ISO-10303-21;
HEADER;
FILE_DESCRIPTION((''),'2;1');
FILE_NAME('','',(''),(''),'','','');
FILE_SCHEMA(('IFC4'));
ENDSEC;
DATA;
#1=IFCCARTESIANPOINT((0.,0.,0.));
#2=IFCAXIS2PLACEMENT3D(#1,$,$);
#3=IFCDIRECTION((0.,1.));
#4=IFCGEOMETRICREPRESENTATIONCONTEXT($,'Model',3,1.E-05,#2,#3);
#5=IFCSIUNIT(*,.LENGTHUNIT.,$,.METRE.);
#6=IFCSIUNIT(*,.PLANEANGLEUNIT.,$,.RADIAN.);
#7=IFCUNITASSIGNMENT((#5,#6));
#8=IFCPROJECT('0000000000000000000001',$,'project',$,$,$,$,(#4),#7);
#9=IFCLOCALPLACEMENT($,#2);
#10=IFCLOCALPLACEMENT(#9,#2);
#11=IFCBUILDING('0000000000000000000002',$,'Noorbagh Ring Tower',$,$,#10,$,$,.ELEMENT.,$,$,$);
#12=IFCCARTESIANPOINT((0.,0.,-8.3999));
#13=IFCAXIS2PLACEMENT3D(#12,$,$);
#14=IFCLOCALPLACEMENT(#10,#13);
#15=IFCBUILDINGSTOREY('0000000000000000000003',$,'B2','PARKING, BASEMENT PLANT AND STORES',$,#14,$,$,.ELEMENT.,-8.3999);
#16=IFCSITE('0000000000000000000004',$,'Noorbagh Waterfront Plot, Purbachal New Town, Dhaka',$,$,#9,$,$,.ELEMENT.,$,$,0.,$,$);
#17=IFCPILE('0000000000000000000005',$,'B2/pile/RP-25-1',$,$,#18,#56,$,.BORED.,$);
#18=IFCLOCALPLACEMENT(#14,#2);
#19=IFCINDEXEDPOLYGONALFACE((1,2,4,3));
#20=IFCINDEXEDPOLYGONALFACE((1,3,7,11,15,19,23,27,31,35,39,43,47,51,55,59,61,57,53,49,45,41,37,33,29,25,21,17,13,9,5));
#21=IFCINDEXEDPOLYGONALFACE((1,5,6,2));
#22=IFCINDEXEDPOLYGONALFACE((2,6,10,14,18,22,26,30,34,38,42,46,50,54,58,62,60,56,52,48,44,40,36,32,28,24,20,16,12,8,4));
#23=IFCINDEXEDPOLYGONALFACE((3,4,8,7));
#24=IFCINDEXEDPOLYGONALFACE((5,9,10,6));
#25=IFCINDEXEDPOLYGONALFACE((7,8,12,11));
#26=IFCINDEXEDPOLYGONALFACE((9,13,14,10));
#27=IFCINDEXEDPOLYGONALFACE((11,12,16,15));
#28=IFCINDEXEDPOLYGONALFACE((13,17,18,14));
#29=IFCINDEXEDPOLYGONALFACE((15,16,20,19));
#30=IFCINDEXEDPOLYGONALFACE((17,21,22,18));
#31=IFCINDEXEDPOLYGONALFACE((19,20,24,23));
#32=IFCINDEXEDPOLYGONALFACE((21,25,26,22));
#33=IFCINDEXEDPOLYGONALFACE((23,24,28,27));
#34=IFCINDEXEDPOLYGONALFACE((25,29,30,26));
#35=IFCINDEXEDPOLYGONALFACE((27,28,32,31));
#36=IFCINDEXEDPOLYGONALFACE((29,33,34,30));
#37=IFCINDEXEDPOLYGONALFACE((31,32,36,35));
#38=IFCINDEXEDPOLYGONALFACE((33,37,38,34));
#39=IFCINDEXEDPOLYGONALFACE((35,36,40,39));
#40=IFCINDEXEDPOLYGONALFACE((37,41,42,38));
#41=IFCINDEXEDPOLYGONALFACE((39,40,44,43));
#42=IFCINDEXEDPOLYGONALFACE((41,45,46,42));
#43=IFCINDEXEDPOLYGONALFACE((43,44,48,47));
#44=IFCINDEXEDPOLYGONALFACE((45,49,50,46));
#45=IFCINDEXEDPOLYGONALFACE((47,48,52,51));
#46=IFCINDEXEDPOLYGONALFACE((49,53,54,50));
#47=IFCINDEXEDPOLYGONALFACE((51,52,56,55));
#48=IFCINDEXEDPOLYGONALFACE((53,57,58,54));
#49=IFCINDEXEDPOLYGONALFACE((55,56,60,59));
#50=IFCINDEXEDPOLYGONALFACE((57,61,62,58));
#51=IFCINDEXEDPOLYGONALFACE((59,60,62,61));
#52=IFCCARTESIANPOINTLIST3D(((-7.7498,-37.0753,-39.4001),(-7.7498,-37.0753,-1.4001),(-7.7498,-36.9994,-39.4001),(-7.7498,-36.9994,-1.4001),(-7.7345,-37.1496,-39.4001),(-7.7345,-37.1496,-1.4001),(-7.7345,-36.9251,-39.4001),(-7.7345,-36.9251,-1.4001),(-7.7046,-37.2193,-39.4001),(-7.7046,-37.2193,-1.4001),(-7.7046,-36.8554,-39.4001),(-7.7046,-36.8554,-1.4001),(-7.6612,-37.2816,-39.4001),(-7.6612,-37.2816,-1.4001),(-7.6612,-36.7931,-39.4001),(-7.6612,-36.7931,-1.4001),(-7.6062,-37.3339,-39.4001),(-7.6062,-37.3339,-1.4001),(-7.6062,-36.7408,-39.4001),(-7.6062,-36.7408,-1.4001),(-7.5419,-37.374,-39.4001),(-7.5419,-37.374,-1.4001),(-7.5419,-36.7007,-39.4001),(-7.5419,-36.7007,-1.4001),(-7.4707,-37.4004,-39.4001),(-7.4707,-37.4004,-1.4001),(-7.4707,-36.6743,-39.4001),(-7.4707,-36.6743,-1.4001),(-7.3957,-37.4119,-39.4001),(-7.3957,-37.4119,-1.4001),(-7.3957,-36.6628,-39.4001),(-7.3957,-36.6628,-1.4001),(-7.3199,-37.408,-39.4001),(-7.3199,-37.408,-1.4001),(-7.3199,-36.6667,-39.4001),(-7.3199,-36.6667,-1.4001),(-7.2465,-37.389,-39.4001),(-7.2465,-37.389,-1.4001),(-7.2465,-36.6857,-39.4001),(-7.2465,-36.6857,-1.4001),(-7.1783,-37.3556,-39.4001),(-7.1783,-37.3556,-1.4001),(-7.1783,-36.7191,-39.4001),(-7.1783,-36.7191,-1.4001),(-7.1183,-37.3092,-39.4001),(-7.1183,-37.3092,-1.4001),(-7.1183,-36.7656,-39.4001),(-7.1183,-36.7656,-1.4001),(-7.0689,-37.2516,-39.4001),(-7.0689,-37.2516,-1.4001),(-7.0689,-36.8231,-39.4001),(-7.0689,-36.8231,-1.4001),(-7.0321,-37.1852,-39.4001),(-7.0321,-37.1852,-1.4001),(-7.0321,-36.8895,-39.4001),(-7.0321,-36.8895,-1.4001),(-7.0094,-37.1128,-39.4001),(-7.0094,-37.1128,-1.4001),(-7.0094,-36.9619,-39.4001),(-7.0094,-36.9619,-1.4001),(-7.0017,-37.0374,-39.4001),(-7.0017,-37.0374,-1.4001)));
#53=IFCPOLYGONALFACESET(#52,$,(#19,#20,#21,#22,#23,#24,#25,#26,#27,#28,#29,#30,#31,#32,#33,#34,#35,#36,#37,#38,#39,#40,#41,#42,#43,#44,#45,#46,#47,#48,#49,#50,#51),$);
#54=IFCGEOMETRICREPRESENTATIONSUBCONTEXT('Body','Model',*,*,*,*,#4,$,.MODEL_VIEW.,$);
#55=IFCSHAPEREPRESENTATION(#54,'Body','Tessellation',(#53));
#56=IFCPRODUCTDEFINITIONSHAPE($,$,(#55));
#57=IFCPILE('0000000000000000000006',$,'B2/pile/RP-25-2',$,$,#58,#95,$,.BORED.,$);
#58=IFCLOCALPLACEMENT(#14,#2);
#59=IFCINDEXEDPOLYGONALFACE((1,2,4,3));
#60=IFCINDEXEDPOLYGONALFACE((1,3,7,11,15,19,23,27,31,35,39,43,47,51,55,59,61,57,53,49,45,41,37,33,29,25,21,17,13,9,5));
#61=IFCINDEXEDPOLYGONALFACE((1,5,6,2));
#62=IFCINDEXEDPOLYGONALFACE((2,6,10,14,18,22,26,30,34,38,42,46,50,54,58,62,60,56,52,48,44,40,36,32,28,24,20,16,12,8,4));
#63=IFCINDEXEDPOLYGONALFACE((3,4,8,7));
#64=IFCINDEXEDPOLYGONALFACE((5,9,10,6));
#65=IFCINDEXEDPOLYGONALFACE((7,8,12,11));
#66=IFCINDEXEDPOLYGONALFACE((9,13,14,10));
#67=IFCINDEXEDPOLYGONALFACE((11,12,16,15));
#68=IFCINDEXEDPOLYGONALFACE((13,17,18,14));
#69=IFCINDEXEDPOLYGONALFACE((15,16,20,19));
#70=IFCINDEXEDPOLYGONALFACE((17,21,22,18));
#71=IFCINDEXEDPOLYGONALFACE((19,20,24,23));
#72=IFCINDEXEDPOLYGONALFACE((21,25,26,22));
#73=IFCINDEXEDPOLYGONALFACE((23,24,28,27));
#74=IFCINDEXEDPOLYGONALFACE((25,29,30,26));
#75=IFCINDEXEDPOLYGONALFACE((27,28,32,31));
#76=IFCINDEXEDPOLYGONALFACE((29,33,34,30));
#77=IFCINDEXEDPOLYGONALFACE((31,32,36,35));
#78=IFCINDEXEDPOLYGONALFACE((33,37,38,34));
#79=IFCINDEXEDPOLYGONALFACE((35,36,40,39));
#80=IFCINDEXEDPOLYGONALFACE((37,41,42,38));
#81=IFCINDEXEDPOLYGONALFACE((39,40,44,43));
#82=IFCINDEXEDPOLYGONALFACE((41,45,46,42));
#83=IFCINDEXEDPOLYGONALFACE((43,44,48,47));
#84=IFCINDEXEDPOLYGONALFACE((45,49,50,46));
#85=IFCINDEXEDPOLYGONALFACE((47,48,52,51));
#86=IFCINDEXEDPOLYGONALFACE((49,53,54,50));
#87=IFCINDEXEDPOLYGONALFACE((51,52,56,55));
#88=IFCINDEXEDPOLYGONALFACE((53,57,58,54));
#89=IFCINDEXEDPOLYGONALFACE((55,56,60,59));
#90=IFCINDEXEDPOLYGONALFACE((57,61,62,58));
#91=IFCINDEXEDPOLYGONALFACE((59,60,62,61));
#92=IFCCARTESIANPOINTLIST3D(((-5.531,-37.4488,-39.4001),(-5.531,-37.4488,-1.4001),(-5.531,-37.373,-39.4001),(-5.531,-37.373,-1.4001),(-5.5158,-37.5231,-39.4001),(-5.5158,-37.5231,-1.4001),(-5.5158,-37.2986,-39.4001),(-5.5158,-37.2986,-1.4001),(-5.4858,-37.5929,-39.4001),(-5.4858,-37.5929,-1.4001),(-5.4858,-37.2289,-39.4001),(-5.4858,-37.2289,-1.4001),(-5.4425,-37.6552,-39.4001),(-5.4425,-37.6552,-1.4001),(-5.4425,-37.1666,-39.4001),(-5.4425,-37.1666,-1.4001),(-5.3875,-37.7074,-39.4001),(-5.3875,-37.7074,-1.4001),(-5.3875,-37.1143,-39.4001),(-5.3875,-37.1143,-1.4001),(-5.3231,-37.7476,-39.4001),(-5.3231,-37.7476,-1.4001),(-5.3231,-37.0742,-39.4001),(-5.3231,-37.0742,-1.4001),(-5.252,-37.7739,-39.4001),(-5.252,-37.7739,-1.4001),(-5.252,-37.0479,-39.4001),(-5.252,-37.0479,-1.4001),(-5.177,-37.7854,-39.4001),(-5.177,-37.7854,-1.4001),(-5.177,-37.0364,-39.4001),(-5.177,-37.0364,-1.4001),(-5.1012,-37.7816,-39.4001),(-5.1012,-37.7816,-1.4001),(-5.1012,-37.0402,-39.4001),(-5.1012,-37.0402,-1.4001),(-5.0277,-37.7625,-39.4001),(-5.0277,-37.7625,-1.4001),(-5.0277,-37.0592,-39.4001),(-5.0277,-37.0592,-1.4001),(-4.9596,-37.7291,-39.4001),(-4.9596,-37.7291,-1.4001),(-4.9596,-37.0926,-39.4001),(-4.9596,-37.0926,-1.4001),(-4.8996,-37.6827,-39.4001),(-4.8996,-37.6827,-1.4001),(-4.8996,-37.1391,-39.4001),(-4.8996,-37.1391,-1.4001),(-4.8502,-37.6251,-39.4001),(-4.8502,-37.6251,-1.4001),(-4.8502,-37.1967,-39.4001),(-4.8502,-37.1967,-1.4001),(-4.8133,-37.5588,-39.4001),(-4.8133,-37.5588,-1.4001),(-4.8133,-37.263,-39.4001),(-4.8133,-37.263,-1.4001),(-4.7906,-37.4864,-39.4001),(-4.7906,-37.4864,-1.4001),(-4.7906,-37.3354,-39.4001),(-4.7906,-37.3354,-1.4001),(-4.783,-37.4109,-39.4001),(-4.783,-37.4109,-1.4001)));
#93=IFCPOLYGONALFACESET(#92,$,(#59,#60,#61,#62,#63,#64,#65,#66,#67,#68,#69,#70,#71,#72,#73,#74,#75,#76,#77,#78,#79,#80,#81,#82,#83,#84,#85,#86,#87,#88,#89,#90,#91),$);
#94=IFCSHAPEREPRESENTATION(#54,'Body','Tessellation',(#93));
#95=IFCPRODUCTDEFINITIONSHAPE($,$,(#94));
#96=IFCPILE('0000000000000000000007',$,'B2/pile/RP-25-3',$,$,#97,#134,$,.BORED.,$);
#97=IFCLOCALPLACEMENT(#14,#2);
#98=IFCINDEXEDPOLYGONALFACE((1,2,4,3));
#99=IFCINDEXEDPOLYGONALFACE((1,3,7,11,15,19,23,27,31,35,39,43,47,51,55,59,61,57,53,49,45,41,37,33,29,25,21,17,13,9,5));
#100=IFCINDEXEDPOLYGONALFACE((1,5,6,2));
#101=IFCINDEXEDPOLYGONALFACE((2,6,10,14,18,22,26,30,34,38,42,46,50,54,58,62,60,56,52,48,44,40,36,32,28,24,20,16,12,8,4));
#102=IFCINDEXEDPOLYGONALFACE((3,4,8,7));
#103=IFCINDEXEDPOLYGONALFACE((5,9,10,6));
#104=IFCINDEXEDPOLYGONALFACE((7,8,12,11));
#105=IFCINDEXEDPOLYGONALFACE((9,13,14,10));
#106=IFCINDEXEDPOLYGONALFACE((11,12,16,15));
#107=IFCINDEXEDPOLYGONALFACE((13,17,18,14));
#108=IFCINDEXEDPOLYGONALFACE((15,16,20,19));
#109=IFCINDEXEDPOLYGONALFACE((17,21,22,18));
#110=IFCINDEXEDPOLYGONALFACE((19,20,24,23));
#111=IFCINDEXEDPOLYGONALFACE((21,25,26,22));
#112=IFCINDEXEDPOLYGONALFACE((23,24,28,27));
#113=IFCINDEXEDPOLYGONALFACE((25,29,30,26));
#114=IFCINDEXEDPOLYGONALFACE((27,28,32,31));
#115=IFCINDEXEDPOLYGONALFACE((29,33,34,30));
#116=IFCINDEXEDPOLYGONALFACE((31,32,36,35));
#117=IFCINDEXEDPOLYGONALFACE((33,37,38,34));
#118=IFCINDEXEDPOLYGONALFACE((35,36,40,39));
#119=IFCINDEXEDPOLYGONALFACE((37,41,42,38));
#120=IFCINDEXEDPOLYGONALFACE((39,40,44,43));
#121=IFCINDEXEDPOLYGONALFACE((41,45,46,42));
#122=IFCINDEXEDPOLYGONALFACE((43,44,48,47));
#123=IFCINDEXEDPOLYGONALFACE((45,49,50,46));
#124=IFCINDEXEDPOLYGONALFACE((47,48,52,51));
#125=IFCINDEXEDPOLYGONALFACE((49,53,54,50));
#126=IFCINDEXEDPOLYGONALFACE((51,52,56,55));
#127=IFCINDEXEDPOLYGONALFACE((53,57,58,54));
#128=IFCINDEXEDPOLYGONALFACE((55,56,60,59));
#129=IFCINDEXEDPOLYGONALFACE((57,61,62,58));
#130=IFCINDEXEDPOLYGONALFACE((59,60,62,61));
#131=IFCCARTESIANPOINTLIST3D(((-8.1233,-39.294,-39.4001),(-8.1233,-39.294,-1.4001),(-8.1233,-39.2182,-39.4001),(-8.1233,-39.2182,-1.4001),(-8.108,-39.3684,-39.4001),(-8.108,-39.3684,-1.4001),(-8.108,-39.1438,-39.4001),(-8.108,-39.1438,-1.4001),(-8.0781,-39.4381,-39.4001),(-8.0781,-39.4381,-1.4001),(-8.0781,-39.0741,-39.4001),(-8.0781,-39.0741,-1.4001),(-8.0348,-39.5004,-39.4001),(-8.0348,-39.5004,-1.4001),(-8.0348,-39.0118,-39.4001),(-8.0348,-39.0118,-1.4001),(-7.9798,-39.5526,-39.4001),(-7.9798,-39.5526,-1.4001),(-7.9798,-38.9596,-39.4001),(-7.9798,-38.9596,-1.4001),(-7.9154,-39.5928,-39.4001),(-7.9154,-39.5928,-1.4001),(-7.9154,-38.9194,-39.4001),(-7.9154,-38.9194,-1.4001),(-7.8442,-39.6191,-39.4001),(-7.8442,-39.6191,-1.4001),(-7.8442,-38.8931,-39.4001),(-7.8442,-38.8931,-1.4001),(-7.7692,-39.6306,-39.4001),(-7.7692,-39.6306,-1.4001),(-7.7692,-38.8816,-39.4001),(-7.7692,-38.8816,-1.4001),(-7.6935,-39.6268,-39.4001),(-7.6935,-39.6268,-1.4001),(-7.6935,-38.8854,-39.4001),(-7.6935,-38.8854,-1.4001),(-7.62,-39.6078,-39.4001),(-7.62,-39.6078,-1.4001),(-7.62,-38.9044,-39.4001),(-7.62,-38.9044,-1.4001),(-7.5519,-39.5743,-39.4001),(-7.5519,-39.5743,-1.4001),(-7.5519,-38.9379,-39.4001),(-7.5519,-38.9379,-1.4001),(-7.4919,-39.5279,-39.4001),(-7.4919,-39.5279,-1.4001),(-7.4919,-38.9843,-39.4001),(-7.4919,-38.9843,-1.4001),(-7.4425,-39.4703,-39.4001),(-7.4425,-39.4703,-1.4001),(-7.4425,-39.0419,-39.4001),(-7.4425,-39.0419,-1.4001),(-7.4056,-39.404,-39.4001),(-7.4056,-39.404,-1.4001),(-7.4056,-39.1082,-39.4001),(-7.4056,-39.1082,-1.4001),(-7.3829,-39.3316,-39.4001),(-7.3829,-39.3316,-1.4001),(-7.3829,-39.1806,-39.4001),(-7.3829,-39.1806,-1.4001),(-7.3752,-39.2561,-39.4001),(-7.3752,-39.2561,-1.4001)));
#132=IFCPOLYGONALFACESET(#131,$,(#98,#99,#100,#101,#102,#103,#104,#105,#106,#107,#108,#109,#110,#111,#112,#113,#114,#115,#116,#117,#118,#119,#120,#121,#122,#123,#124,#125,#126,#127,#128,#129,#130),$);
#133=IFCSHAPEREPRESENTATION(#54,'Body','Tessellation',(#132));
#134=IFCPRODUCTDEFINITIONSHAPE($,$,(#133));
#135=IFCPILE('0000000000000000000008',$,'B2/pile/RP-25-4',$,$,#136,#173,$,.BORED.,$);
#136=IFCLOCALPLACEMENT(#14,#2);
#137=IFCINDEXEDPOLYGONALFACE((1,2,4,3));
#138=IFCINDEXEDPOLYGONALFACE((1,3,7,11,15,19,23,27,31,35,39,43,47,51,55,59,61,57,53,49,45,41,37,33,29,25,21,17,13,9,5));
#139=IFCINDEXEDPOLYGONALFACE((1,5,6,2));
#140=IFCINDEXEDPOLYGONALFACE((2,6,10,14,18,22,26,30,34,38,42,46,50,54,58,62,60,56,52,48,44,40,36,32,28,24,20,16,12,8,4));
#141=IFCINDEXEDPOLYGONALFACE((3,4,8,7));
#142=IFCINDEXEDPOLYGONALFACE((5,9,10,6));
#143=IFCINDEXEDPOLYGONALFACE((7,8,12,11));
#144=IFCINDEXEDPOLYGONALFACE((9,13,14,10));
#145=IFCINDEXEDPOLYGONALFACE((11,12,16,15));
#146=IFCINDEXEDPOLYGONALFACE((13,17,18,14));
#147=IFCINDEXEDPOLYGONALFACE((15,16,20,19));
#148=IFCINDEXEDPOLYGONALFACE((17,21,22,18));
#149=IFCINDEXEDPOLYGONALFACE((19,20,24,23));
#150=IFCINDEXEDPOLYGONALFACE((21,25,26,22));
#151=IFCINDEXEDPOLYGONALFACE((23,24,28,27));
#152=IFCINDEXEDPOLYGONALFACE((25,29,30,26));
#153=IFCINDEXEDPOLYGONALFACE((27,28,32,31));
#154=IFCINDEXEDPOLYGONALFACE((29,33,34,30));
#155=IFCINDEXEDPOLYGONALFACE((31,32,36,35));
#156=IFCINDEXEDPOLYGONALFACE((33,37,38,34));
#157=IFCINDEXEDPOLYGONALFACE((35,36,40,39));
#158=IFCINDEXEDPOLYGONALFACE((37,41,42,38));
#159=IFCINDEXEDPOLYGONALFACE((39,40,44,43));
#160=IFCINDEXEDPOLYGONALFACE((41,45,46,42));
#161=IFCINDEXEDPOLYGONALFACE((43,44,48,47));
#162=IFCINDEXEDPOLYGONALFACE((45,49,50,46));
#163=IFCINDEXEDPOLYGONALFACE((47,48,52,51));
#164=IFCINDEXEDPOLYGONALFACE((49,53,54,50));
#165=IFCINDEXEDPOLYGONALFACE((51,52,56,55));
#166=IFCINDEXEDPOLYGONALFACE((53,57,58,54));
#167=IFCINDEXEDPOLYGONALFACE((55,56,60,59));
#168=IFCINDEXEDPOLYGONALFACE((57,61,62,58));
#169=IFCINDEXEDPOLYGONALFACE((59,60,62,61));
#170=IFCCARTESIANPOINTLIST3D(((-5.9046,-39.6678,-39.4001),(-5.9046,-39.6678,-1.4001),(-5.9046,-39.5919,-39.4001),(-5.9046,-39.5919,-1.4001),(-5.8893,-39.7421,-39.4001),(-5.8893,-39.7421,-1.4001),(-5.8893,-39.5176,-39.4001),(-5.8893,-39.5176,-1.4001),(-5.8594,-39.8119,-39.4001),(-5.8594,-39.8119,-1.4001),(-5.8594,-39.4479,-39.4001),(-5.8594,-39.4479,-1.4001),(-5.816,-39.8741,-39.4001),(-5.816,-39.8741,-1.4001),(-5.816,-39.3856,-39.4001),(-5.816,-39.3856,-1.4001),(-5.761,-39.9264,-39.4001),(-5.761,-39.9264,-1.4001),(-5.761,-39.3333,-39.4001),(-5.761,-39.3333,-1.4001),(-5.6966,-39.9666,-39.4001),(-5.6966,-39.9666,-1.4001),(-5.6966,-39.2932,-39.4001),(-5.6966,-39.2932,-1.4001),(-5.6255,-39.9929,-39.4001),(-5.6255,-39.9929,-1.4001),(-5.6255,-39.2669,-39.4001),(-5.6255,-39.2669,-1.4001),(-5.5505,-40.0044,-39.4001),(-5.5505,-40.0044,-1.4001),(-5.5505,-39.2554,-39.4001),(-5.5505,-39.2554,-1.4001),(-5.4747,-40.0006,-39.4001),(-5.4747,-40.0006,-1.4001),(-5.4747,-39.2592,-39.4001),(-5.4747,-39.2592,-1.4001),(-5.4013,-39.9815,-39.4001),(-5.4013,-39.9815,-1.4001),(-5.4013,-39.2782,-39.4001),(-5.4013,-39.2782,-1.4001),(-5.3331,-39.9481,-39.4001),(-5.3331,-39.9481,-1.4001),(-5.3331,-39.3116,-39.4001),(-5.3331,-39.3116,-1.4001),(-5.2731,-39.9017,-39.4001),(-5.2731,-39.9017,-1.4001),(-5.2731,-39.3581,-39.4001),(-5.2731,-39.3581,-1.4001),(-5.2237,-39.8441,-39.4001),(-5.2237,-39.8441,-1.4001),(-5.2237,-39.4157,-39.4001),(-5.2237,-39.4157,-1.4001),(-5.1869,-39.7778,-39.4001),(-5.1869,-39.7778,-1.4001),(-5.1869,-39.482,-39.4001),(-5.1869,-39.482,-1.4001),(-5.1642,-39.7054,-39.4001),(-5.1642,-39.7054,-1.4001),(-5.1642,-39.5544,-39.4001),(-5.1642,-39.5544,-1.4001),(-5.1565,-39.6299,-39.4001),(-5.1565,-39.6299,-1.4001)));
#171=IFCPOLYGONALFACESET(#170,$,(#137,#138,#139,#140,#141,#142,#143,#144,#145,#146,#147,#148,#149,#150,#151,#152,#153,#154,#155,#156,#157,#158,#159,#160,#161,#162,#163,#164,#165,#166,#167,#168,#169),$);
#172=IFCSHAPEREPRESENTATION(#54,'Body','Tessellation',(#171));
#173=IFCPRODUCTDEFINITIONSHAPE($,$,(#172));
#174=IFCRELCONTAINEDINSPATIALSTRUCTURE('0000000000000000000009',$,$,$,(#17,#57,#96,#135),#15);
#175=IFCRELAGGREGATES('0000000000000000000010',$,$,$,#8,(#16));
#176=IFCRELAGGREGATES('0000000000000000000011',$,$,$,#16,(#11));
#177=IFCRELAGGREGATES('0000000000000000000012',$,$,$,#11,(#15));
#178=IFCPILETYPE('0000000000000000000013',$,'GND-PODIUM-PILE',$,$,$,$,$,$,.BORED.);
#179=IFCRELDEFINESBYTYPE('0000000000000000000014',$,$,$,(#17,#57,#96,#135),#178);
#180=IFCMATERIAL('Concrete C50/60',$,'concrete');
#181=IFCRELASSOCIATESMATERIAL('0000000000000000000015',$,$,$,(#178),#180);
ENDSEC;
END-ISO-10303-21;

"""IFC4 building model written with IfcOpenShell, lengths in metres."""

from ifc_helpers import new_model, si_unit, direction, frame, origin, origin_2d, place, context, subcontext, project, spatial, circle, extrude, material, material_profile, profile_set, type_object, element, save


model = new_model("IFC4")

# Units and contexts
model_context = context("Model", 3, precision=1e-05, world=origin(), true_north=direction((0.0, 1.0)))
body_context = subcontext(model_context, "Body", "Model", "MODEL_VIEW")
ifc_project = project(units=[si_unit("LENGTHUNIT", "METRE"), si_unit("PLANEANGLEUNIT", "RADIAN")], contexts=[model_context])

# Site, building, storey
site_placement = place(None, origin())
site = spatial("IfcSite", under=ifc_project, at=site_placement, Name="Noorbagh Waterfront Plot, Purbachal New Town, Dhaka", CompositionType="ELEMENT", RefElevation=0.0)
building_placement = place(site_placement, origin())
building = spatial("IfcBuilding", under=site, at=building_placement, Name="Noorbagh Ring Tower", CompositionType="ELEMENT")
storey_placement = place(building_placement, frame((0.0, 0.0, -8.3999)))
storey = spatial("IfcBuildingStorey", under=building, at=storey_placement, Name="B2", Description="PARKING, BASEMENT PLANT AND STORES", CompositionType="ELEMENT", Elevation=-8.3999)

# Piles
ifc_material_1 = material(Name="Concrete C50/60", Category="concrete")
ifc_material_profile_1 = material_profile(ifc_material_1, circle(Radius=0.375, at=origin_2d()), Name="PILE750")
ifc_profile_set_1 = profile_set([ifc_material_profile_1], Name="Concrete C50/60")
pile_type_1 = type_object("IfcPileType", Name="GND-PODIUM-PILE", PredefinedType="BORED", material=ifc_profile_set_1)
for number, where, z_axis, x_axis, name in (
    (1, (-7.3767, -37.0374, -1.4001), (0.0, 0.0, -1.0), (1.0, 0.0, 0.0), "B2/pile/RP-25-1"),
    (2, (-5.158, -37.4109, -1.4001), (0.0, 0.0, -1.0), (1.0, 0.0, 0.0), "B2/pile/RP-25-2"),
    (3, (-7.7502, -39.2561, -1.4001), (0.0, 0.0, -1.0), (1.0, 0.0, 0.0), "B2/pile/RP-25-3"),
    (4, (-5.5315, -39.6299, -1.4001), (0.0, 0.0, -1.0), (1.0, 0.0, 0.0), "B2/pile/RP-25-4"),
):
    element("IfcPile", number, at=place(storey_placement, frame(where, z_axis=z_axis, x_axis=x_axis)), inside=storey, type_object=pile_type_1, Name=name, PredefinedType="BORED", context=body_context, shape_type="SweptSolid", body=[
        extrude(circle(Radius=0.375, at=origin_2d()), origin(), (0.0, 0.0, 1.0), 38.0),
    ])

save(model, "model.ifc")
